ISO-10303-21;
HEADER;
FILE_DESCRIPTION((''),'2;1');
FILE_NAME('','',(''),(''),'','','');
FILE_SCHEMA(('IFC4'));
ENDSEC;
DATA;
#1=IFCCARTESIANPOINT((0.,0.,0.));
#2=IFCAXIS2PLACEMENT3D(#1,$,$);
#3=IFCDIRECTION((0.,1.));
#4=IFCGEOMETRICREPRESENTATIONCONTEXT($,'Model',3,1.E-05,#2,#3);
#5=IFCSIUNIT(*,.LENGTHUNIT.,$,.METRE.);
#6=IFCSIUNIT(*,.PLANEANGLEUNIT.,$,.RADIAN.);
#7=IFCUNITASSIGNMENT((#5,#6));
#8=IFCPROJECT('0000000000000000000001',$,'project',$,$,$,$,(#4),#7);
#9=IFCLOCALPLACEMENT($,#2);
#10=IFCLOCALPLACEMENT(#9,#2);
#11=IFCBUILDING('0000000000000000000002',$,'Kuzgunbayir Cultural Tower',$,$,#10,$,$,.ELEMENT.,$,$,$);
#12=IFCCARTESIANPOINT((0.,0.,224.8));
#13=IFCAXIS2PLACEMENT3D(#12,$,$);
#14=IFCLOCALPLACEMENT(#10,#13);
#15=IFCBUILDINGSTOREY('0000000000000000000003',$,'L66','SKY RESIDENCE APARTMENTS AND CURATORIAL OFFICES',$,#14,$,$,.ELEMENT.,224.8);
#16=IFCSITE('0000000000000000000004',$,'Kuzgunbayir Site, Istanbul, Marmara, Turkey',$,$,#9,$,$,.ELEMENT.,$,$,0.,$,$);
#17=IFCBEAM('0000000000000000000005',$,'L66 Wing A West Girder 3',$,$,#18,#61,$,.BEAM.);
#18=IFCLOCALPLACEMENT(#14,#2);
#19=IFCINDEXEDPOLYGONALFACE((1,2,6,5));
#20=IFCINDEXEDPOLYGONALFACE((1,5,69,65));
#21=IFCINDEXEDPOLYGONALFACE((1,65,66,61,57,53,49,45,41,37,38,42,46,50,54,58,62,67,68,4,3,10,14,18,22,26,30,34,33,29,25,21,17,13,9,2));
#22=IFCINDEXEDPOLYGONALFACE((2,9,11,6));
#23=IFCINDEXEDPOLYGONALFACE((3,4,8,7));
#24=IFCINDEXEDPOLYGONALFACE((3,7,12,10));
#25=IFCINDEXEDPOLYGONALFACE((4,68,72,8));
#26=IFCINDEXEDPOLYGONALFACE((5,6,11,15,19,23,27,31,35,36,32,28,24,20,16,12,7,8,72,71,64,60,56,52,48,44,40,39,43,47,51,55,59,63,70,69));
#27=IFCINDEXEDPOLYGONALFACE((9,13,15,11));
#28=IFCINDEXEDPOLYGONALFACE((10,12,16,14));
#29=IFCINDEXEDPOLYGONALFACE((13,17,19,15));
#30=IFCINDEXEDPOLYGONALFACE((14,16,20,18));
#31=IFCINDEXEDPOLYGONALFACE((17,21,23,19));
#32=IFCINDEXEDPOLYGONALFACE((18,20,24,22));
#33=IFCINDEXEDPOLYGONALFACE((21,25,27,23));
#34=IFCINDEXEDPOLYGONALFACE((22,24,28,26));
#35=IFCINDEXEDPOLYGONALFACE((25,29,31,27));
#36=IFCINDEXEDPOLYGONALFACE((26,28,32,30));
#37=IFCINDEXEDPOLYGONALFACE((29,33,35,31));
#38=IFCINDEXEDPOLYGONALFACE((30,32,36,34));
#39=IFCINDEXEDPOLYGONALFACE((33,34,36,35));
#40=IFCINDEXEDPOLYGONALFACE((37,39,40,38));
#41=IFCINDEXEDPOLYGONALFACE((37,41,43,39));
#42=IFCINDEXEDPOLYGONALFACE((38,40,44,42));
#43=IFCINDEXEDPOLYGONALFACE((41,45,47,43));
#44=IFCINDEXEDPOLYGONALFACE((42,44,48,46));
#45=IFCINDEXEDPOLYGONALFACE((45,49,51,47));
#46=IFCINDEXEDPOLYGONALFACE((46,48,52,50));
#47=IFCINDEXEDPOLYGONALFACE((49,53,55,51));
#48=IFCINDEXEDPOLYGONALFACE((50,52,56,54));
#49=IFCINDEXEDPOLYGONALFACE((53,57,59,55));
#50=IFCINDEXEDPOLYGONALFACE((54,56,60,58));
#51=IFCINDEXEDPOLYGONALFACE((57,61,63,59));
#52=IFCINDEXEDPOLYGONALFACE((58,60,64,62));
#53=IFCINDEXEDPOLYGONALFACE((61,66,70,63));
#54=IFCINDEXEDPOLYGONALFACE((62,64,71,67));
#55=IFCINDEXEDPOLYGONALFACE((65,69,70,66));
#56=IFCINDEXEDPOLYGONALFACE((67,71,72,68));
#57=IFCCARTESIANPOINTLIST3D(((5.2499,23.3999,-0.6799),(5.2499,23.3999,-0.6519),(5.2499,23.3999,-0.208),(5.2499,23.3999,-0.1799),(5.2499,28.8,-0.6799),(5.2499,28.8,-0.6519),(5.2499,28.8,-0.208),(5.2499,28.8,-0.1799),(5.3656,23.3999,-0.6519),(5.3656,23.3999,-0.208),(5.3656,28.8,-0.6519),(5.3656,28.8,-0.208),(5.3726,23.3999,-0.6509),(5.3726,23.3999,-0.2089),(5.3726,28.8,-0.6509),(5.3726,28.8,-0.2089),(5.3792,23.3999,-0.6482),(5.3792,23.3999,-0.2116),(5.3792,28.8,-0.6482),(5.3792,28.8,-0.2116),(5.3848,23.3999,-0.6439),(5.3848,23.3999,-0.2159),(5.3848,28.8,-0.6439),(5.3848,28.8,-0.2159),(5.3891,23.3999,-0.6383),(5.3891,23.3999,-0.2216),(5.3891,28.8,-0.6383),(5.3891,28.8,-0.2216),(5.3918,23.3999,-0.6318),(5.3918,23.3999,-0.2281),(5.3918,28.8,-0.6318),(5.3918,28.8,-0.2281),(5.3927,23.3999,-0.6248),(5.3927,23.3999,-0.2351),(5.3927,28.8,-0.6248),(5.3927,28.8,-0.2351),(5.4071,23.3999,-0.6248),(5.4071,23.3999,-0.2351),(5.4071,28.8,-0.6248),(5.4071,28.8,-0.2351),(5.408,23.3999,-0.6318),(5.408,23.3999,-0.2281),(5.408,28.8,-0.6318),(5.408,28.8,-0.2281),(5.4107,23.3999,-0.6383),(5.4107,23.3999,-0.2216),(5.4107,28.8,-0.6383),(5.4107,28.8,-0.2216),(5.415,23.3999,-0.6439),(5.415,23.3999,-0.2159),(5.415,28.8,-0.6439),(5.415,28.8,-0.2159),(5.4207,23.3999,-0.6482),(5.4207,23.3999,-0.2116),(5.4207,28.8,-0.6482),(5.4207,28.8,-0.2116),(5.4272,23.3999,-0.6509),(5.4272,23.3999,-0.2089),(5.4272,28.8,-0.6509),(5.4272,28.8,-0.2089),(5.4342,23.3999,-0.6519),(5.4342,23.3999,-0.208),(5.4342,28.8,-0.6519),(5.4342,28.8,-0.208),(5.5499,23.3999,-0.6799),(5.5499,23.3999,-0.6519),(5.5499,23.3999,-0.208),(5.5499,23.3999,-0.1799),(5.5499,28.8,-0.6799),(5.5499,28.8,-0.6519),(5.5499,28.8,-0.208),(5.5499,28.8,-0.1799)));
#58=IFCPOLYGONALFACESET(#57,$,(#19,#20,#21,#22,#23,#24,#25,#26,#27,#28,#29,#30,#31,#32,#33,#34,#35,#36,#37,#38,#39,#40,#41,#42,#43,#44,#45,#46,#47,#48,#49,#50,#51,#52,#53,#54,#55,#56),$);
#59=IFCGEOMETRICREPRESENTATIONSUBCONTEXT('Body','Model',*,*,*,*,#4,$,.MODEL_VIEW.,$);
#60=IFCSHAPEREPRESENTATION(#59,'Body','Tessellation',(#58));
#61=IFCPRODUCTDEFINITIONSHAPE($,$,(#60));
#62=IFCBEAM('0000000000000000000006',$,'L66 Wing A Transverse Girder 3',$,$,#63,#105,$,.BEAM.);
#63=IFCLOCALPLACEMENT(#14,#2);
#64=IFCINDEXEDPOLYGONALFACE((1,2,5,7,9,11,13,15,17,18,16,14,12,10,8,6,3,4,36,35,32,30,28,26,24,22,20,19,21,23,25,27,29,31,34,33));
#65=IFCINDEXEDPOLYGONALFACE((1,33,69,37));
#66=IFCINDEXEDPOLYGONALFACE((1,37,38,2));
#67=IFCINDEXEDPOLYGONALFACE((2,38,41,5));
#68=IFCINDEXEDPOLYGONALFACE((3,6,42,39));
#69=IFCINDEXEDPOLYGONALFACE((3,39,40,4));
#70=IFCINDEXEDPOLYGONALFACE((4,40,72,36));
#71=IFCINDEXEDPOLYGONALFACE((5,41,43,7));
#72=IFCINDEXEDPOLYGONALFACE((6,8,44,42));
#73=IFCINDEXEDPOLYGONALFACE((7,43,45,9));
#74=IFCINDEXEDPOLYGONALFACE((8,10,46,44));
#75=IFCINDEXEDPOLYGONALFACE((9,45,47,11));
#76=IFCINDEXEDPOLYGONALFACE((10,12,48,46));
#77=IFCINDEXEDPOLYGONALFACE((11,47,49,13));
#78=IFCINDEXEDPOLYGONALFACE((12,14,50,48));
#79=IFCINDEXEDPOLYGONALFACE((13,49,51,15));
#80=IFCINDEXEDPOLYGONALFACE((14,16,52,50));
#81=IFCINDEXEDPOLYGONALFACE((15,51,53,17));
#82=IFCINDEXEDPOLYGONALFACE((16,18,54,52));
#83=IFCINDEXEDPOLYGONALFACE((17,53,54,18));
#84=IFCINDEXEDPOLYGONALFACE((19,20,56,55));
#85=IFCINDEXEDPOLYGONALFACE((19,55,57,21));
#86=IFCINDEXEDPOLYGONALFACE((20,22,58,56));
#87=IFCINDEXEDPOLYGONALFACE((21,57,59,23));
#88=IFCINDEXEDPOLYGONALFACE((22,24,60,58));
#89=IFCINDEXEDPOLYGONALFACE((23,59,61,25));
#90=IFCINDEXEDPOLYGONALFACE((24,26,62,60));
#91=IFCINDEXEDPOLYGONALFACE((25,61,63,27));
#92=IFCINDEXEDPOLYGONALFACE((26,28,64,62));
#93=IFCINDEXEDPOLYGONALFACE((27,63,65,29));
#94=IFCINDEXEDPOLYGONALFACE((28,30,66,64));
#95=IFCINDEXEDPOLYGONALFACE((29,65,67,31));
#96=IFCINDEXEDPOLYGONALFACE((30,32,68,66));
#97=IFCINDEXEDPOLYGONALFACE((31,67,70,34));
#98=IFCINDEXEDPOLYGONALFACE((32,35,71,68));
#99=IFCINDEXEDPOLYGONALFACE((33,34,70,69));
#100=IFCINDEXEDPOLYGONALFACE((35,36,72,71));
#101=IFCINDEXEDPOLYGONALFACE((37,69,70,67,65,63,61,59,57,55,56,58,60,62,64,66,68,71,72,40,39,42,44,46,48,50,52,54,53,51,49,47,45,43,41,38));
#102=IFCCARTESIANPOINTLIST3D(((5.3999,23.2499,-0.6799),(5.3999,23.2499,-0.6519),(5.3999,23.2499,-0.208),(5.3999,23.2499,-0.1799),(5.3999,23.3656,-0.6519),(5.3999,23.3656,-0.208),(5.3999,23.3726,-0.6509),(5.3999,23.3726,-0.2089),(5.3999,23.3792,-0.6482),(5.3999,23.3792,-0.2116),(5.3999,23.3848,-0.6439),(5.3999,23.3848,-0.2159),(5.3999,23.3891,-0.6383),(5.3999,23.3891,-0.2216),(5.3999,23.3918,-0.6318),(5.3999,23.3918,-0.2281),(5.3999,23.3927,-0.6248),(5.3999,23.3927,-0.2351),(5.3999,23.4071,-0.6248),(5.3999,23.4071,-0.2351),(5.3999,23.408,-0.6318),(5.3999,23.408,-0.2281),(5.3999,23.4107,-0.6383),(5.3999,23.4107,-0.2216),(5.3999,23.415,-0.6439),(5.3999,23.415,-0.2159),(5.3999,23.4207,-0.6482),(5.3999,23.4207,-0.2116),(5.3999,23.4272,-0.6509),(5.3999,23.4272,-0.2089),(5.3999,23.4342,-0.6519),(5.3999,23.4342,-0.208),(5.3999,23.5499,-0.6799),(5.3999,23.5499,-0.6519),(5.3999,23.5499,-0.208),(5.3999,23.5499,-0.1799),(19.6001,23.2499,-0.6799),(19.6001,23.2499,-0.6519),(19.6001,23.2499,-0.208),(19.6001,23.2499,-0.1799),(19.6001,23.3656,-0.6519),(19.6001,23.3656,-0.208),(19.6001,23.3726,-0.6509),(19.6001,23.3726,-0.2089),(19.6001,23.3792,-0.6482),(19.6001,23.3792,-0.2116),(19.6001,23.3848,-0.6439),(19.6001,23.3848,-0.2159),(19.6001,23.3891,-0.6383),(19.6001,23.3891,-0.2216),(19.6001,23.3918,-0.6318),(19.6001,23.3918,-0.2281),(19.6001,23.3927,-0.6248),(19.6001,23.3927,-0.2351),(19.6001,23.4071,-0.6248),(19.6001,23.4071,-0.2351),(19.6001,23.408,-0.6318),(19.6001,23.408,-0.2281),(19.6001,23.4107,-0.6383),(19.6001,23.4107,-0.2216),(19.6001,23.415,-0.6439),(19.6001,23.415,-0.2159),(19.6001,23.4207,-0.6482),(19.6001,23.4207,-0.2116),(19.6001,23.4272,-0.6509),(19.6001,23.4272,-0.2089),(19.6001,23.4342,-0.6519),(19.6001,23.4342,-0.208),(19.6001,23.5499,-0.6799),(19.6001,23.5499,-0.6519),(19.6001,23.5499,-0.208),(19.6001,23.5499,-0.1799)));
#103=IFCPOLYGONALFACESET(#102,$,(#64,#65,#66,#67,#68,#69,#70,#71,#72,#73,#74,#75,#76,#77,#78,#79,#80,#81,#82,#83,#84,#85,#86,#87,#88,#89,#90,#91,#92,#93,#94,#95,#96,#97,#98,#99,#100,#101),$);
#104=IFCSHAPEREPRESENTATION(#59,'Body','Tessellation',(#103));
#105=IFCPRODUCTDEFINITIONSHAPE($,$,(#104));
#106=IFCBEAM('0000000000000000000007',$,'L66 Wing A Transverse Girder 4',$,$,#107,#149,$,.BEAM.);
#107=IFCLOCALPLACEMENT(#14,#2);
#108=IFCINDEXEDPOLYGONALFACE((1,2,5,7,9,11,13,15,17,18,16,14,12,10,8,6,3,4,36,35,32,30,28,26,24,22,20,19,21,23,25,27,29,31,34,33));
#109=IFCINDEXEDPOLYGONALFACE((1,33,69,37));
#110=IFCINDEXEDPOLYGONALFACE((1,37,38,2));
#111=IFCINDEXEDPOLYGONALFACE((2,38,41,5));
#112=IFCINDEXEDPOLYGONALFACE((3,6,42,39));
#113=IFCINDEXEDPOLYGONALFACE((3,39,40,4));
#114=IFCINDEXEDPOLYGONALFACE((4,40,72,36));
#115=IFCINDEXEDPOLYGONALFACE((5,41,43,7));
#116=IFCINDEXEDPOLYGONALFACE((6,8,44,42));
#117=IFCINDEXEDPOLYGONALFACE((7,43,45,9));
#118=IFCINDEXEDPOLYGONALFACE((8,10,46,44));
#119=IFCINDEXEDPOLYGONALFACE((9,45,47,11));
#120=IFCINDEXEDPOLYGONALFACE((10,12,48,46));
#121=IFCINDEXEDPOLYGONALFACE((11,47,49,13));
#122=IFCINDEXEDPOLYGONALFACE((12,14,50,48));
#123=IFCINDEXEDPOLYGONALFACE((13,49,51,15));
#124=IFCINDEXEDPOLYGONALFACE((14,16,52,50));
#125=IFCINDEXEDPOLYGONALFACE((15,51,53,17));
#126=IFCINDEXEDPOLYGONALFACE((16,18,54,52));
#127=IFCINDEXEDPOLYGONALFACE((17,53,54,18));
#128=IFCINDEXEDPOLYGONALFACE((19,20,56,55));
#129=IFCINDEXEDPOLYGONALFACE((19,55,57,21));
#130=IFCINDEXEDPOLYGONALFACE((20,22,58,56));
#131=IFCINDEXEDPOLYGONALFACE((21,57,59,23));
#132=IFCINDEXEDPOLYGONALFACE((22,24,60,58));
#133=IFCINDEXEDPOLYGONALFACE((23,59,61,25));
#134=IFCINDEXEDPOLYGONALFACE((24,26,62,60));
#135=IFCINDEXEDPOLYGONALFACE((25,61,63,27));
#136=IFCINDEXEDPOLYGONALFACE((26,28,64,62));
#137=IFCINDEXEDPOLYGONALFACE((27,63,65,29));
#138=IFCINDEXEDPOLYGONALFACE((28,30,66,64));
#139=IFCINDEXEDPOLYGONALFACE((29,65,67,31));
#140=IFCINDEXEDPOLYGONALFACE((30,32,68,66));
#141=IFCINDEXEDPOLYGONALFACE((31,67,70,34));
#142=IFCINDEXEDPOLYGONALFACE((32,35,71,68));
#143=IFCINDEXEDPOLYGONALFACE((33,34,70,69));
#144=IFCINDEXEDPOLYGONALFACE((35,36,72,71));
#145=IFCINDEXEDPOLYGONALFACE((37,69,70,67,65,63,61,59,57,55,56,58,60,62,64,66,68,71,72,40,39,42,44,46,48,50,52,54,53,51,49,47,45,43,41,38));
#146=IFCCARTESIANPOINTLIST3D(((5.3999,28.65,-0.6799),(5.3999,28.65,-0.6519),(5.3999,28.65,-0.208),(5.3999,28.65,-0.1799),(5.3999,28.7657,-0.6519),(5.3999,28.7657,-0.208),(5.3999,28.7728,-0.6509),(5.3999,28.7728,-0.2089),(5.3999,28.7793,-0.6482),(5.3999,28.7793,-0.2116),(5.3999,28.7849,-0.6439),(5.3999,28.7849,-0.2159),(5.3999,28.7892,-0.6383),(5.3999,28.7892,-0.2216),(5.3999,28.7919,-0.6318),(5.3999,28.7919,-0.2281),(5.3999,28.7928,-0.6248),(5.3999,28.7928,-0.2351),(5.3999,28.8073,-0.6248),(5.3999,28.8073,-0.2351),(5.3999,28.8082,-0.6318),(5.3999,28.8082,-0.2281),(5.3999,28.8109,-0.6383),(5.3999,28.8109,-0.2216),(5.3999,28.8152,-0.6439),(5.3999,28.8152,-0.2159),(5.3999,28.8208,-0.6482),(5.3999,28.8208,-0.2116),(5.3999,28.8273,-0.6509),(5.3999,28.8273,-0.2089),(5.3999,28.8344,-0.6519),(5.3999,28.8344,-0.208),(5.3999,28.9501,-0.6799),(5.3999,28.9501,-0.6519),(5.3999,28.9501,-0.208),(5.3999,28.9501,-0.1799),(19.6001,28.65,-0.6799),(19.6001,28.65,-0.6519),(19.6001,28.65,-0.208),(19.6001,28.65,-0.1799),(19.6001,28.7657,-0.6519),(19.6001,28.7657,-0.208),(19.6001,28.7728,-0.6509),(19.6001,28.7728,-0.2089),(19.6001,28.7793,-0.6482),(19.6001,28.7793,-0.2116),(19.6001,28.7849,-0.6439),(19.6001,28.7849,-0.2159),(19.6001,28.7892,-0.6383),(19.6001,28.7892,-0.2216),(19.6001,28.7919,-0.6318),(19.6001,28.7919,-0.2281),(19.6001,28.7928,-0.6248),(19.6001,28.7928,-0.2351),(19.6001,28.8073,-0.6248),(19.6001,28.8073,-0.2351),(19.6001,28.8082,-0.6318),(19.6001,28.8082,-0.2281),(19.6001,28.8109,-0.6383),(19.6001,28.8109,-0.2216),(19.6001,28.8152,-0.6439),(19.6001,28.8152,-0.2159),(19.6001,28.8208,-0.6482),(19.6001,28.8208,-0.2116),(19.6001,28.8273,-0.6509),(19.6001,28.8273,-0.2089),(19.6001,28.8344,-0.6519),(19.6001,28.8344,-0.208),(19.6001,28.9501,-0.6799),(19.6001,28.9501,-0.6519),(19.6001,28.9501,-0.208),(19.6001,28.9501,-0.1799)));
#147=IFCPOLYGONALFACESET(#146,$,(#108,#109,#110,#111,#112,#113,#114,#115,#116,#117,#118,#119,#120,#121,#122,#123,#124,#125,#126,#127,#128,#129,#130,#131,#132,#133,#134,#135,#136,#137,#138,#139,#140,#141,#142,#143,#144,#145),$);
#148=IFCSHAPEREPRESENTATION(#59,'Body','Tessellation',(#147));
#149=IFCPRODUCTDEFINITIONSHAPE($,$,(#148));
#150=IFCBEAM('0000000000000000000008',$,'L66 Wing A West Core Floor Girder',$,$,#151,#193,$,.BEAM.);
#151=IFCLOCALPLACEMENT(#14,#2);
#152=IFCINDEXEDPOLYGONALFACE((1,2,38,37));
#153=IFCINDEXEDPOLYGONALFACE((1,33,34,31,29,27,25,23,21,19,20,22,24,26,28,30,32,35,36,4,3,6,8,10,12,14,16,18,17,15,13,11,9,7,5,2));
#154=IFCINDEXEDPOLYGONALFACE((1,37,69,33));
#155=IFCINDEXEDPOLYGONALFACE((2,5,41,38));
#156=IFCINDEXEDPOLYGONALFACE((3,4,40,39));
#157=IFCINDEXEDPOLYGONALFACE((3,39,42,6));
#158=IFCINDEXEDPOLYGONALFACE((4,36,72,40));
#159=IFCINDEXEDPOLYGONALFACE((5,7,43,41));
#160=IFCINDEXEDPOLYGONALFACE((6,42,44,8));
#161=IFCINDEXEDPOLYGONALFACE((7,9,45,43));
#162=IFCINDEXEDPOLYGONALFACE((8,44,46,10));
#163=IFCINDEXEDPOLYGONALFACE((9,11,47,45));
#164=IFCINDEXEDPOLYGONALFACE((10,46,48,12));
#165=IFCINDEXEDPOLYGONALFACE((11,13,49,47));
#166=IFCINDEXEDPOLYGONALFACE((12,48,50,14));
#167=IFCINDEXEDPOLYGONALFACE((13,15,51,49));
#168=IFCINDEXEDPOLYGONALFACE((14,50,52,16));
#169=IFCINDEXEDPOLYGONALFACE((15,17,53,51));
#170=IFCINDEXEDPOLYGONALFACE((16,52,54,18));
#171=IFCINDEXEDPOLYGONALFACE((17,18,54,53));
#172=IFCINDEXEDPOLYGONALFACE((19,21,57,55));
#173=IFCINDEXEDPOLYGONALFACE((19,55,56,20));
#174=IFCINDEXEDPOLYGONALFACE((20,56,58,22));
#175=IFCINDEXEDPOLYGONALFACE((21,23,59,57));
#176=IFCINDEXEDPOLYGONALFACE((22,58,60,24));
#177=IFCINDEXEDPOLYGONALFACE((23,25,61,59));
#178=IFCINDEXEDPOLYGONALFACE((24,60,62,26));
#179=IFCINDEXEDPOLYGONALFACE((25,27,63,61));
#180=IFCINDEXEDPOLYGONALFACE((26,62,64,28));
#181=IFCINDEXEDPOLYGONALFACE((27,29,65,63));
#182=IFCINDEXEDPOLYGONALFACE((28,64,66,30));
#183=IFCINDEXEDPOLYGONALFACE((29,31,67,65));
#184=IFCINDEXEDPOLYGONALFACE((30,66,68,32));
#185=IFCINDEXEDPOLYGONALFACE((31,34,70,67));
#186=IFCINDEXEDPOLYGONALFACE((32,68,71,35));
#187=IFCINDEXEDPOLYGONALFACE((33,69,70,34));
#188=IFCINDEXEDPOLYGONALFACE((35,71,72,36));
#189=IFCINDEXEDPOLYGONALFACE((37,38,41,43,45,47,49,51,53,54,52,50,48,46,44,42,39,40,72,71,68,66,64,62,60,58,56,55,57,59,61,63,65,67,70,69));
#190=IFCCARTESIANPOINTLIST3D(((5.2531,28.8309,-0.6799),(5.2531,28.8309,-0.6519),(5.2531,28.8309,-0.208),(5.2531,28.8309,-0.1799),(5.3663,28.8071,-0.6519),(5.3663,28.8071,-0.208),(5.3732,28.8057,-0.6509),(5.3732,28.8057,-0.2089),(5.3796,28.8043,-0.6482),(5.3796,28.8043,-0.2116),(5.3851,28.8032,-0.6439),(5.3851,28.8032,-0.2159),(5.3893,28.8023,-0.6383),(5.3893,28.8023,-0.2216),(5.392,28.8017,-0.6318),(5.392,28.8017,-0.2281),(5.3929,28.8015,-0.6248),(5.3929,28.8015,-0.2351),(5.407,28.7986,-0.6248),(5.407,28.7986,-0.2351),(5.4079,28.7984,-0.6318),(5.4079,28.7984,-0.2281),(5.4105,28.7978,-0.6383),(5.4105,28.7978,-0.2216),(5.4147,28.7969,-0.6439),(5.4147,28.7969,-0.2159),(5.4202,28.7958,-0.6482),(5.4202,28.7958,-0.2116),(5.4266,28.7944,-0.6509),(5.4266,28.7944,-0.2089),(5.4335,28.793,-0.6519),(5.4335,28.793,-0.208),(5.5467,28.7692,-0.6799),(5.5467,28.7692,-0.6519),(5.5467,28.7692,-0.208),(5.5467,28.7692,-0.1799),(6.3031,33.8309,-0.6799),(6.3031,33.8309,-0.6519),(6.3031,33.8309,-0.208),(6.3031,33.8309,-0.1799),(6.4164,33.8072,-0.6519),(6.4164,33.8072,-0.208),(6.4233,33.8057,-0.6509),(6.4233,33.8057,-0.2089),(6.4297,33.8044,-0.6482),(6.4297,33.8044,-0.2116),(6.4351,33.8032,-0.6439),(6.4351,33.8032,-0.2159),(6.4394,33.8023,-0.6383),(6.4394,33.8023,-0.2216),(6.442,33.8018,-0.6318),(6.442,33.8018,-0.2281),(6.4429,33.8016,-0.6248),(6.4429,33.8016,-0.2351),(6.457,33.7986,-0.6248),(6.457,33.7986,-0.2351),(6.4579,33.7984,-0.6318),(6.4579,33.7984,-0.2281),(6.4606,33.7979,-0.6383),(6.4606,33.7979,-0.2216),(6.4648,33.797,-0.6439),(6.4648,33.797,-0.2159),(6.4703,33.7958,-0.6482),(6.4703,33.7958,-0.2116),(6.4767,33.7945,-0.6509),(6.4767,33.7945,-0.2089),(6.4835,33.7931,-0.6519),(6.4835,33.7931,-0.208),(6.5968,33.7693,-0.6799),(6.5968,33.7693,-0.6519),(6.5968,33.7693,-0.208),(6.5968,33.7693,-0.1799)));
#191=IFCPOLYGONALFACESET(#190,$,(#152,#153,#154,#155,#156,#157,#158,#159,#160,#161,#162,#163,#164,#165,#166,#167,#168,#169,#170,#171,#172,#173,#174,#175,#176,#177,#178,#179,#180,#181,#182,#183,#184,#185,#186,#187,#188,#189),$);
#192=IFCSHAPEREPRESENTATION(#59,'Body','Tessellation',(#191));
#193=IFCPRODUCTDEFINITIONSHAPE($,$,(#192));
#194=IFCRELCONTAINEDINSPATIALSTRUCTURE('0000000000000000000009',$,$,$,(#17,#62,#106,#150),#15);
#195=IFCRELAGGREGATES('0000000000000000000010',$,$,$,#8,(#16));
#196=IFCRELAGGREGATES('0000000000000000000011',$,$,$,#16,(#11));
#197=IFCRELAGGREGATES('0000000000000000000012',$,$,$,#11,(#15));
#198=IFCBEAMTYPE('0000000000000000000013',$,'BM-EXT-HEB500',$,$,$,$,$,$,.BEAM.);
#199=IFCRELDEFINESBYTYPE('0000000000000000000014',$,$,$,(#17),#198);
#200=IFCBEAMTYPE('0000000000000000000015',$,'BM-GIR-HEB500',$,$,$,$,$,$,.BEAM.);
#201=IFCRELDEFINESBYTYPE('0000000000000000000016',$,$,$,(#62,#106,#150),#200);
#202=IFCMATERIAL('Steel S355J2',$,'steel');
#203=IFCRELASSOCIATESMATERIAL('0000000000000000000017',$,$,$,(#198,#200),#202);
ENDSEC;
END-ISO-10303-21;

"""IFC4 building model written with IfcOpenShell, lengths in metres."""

from ifc_helpers import new_model, si_unit, direction, frame, origin, origin_2d, place, context, subcontext, project, spatial, i_section, extrude, material, material_profile, profile_set, type_object, element, save


model = new_model("IFC4")

# Units and contexts
model_context = context("Model", 3, precision=1e-05, world=origin(), true_north=direction((0.0, 1.0)))
body_context = subcontext(model_context, "Body", "Model", "MODEL_VIEW")
ifc_project = project(units=[si_unit("LENGTHUNIT", "METRE"), si_unit("PLANEANGLEUNIT", "RADIAN")], contexts=[model_context])

# Site, building, storey
site_placement = place(None, origin())
site = spatial("IfcSite", under=ifc_project, at=site_placement, Name="Kuzgunbayir Site, Istanbul, Marmara, Turkey", CompositionType="ELEMENT", RefElevation=0.0)
building_placement = place(site_placement, origin())
building = spatial("IfcBuilding", under=site, at=building_placement, Name="Kuzgunbayir Cultural Tower", CompositionType="ELEMENT")
storey_placement = place(building_placement, frame((0.0, 0.0, 224.8)))
storey = spatial("IfcBuildingStorey", under=building, at=storey_placement, Name="L66", Description="SKY RESIDENCE APARTMENTS AND CURATORIAL OFFICES", CompositionType="ELEMENT", Elevation=224.8)

# Beams
ifc_material_1 = material(Name="Steel S355J2", Category="steel")
ifc_material_profile_1 = material_profile(ifc_material_1, i_section(OverallWidth=0.3, OverallDepth=0.5, WebThickness=0.0144, FlangeThickness=0.0281, FilletRadius=0.0271, at=origin_2d()), Name="HEB 500")
ifc_profile_set_1 = profile_set([ifc_material_profile_1], Name="Steel S355J2")
beam_type_1 = type_object("IfcBeamType", Name="BM-EXT-HEB500", PredefinedType="BEAM", material=ifc_profile_set_1)
beam_1_placement = place(storey_placement, frame((5.3999, 23.3999, -0.4299), z_axis=(0.0, 1.0, 0.0), x_axis=(-1.0, 0.0, 0.0)))
element("IfcBeam", 1, at=beam_1_placement, inside=storey, type_object=beam_type_1, Name="L66 Wing A West Girder 3", PredefinedType="BEAM", context=body_context, shape_type="SweptSolid", body=[
    extrude(i_section(OverallWidth=0.3, OverallDepth=0.5, WebThickness=0.0144, FlangeThickness=0.0281, FilletRadius=0.0271, at=origin_2d()), origin(), (0.0, 0.0, 1.0), 5.4001),
])
ifc_material_profile_2 = material_profile(ifc_material_1, i_section(OverallWidth=0.3, OverallDepth=0.5, WebThickness=0.0144, FlangeThickness=0.0281, FilletRadius=0.0271, at=origin_2d()), Name="HEB 500")
ifc_profile_set_2 = profile_set([ifc_material_profile_2], Name="Steel S355J2")
beam_type_2 = type_object("IfcBeamType", Name="BM-GIR-HEB500", PredefinedType="BEAM", material=ifc_profile_set_2)
for number, where, z_axis, x_axis, name in (
    (2, (5.3999, 23.3999, -0.4299), (1.0, 0.0, 0.0), (0.0, 1.0, 0.0), "L66 Wing A Transverse Girder 3"),
    (3, (5.3999, 28.8, -0.4299), (1.0, 0.0, 0.0), (0.0, 1.0, 0.0), "L66 Wing A Transverse Girder 4"),
):
    element("IfcBeam", number, at=place(storey_placement, frame(where, z_axis=z_axis, x_axis=x_axis)), inside=storey, type_object=beam_type_2, Name=name, PredefinedType="BEAM", context=body_context, shape_type="SweptSolid", body=[
        extrude(i_section(OverallWidth=0.3, OverallDepth=0.5, WebThickness=0.0144, FlangeThickness=0.0281, FilletRadius=0.0271, at=origin_2d()), origin(), (0.0, 0.0, 1.0), 14.2002),
    ])
beam_2_placement = place(storey_placement, frame((5.3999, 28.8, -0.4299), z_axis=(0.205526, 0.978652, 0.0), x_axis=(-0.978652, 0.205526, 0.0)))
element("IfcBeam", 4, at=beam_2_placement, inside=storey, type_object=beam_type_2, Name="L66 Wing A West Core Floor Girder", PredefinedType="BEAM", context=body_context, shape_type="SweptSolid", body=[
    extrude(i_section(OverallWidth=0.3, OverallDepth=0.5, WebThickness=0.0144, FlangeThickness=0.0281, FilletRadius=0.0271, at=origin_2d()), origin(), (0.0, 0.0, 1.0), 5.1091),
])

save(model, "model.ifc")
